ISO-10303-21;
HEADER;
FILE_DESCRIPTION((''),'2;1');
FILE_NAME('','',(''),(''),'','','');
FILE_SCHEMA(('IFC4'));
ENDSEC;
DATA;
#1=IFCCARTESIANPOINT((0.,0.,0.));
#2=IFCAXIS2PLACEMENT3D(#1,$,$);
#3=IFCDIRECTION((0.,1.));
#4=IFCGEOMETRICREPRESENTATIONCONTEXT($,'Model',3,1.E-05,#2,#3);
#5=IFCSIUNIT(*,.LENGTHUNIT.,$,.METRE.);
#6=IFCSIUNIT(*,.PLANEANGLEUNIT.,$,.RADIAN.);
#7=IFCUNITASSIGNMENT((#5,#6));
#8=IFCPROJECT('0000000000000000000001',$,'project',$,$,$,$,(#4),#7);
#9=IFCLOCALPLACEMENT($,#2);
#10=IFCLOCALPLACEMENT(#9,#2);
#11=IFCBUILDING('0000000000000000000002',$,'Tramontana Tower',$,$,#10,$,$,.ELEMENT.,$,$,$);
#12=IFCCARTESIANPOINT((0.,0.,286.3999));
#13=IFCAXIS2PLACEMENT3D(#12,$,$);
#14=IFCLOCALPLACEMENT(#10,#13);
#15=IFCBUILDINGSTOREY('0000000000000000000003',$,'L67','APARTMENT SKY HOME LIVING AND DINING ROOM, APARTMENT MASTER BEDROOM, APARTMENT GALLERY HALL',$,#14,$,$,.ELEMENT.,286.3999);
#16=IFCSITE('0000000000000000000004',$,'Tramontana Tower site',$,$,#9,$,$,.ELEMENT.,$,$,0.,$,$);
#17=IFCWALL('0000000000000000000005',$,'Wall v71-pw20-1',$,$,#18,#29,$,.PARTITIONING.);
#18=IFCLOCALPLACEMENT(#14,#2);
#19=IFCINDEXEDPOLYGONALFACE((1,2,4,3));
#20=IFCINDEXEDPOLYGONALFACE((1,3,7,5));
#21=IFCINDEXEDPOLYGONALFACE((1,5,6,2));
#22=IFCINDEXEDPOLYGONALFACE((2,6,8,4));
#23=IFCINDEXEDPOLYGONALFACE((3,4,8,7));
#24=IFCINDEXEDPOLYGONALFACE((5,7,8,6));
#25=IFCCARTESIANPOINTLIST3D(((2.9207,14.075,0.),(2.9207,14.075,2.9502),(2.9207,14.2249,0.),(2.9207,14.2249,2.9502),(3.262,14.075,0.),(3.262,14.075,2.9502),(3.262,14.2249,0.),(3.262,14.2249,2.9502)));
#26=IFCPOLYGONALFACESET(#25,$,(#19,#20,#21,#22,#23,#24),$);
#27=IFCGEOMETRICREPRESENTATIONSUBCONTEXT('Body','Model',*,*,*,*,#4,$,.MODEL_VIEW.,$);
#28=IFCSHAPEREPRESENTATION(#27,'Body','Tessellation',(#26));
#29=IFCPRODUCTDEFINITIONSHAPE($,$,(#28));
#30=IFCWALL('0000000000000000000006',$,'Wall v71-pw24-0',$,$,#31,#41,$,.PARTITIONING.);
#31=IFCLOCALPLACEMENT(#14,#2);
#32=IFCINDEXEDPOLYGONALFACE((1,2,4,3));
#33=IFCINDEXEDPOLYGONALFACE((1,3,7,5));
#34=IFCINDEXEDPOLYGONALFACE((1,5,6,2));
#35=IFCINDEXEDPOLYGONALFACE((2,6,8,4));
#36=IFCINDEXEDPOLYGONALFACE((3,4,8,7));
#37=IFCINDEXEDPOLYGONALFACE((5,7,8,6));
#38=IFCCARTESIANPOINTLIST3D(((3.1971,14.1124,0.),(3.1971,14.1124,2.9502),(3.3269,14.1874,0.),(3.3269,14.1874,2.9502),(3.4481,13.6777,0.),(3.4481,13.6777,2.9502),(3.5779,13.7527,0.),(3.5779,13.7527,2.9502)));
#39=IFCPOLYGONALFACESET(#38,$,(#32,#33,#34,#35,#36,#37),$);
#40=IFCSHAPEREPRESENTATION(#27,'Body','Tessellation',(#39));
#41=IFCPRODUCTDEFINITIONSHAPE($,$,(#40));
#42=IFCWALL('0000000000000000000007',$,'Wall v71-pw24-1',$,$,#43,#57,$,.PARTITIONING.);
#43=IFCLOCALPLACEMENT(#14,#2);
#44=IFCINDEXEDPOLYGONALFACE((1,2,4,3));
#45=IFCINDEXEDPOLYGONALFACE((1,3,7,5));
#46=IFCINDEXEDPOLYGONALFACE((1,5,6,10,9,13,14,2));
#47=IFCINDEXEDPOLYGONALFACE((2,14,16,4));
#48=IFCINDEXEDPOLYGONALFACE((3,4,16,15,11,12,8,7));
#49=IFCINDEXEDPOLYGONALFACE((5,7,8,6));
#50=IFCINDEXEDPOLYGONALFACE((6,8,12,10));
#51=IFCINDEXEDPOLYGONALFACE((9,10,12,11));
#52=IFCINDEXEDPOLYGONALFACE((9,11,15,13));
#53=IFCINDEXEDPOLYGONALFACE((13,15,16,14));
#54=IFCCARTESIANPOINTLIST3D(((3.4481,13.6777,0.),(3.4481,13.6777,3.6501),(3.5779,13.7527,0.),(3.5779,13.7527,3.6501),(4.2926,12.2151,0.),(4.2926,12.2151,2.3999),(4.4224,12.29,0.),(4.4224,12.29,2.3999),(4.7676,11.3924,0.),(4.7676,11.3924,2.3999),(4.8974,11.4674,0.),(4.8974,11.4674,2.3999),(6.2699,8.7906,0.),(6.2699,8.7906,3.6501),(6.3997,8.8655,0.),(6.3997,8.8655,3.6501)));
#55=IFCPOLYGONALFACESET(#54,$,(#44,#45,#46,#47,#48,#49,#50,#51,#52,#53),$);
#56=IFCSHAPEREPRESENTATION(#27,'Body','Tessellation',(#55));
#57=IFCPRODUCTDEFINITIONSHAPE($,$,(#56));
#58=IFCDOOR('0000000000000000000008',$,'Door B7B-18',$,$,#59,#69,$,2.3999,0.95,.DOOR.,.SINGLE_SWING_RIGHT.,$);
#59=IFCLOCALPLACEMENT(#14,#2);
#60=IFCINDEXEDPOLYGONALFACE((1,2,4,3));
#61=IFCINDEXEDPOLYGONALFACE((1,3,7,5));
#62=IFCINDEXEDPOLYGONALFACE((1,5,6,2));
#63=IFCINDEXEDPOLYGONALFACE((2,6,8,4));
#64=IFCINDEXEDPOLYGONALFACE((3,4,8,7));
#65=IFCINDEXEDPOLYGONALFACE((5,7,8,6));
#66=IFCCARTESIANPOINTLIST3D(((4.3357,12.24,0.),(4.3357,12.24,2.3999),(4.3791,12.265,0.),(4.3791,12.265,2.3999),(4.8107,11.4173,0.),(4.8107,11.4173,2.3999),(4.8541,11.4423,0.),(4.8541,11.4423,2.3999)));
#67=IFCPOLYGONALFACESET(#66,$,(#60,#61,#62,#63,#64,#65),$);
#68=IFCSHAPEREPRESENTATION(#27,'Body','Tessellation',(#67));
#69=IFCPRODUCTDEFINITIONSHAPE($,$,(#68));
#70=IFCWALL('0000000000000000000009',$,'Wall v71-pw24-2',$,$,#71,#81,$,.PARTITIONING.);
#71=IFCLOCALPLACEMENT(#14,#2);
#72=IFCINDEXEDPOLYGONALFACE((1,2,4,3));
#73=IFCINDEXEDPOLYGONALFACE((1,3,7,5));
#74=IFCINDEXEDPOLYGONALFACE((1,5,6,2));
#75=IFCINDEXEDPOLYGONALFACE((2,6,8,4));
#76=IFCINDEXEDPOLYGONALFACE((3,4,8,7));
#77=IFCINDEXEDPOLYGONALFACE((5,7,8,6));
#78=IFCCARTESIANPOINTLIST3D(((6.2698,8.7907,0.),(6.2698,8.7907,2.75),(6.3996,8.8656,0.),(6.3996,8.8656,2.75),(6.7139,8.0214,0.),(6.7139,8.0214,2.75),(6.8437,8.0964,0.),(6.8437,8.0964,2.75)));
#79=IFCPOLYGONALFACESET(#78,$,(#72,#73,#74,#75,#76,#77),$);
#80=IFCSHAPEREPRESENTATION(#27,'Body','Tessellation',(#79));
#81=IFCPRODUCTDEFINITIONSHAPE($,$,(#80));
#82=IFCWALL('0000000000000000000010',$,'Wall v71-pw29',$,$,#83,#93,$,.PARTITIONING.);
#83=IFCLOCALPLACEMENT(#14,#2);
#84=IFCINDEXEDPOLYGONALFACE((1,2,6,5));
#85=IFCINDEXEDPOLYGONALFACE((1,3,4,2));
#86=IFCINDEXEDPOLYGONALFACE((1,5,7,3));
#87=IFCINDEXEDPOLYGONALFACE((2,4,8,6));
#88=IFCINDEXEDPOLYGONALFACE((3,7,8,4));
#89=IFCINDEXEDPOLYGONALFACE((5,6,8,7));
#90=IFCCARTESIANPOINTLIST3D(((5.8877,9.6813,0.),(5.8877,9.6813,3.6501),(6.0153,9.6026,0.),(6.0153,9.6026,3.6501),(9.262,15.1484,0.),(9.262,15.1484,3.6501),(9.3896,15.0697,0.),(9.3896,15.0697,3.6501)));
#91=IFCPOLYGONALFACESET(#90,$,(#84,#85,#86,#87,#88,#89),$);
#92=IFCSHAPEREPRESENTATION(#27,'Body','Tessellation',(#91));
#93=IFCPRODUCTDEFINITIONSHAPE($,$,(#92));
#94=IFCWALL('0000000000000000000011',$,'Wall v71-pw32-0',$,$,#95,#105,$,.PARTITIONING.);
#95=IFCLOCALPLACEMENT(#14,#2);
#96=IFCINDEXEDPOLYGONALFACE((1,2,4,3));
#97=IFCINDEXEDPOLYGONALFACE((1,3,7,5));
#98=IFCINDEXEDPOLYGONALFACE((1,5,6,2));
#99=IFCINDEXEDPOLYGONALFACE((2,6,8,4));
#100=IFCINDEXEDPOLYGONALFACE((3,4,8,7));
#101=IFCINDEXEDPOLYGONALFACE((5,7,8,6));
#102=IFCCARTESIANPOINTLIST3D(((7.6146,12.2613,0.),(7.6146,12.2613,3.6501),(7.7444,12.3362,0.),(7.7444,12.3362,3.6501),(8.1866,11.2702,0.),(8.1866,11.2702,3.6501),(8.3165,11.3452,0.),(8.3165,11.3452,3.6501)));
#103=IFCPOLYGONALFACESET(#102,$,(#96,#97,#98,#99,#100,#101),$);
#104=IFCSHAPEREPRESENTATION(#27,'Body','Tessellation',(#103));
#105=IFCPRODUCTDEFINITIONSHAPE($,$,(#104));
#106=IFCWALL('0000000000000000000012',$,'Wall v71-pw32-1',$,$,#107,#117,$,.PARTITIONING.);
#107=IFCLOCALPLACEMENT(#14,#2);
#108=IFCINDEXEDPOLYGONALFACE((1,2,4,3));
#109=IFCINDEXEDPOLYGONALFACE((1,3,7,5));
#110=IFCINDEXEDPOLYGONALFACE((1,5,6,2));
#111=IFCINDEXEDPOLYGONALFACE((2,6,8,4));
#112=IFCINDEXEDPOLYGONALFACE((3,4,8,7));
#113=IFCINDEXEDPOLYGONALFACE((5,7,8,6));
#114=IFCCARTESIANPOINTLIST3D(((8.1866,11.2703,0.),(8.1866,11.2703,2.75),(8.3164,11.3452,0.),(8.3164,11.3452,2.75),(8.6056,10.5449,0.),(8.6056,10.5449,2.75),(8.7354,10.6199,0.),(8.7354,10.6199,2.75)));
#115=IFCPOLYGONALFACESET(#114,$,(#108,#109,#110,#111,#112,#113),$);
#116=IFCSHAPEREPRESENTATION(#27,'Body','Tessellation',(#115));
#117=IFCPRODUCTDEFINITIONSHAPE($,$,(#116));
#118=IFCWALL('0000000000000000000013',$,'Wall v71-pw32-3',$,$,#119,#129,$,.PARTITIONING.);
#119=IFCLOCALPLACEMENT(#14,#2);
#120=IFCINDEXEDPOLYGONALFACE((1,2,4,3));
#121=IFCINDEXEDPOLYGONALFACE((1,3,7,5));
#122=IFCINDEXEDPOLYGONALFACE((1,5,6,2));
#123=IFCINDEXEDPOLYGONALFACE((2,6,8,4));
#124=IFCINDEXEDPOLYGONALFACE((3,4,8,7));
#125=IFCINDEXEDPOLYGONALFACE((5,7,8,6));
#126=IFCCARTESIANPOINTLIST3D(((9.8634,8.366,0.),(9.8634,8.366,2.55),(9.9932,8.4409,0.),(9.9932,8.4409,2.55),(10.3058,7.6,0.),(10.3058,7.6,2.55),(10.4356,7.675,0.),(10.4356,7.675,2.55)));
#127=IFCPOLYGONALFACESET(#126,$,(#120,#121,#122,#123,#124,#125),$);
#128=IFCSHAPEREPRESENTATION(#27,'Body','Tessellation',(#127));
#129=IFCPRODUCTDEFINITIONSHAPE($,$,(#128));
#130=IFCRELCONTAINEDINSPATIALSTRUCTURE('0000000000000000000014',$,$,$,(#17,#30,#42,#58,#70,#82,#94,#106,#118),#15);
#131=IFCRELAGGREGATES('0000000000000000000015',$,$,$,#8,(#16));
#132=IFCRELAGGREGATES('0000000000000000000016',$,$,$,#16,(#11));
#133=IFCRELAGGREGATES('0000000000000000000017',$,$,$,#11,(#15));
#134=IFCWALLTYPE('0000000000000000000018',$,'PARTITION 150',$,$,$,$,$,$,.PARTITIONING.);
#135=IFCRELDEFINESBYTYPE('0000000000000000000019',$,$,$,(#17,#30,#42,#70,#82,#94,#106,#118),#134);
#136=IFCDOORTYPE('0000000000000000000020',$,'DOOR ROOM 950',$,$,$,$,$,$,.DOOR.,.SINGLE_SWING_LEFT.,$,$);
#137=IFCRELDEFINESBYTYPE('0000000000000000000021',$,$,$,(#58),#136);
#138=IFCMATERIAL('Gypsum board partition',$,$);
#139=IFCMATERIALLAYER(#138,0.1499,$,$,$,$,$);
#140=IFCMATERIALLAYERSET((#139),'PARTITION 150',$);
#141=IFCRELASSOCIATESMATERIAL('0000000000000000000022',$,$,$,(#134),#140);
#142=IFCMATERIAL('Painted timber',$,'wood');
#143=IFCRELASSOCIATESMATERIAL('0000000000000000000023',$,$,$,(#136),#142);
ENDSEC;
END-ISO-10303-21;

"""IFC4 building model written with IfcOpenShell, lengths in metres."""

from ifc_helpers import new_model, si_unit, direction, frame, frame_2d, origin, place, context, subcontext, project, spatial, rectangle, extrude, material, layer, layer_set, type_object, element, fill, save


model = new_model("IFC4")

# Units and contexts
model_context = context("Model", 3, precision=1e-05, world=origin(), true_north=direction((0.0, 1.0)))
body_context = subcontext(model_context, "Body", "Model", "MODEL_VIEW")
ifc_project = project(units=[si_unit("LENGTHUNIT", "METRE"), si_unit("PLANEANGLEUNIT", "RADIAN")], contexts=[model_context])

# Site, building, storey
site_placement = place(None, origin())
site = spatial("IfcSite", under=ifc_project, at=site_placement, Name="Tramontana Tower site", CompositionType="ELEMENT", RefElevation=0.0)
building_placement = place(site_placement, origin())
building = spatial("IfcBuilding", under=site, at=building_placement, Name="Tramontana Tower", CompositionType="ELEMENT")
storey_placement = place(building_placement, frame((0.0, 0.0, 286.3999)))
storey = spatial("IfcBuildingStorey", under=building, at=storey_placement, Name="L67", Description="APARTMENT SKY HOME LIVING AND DINING ROOM, APARTMENT MASTER BEDROOM, APARTMENT GALLERY HALL", CompositionType="ELEMENT", Elevation=286.3999)

# Walls
ifc_material_1 = material(Name="Gypsum board partition")
ifc_layer_1 = layer(ifc_material_1, 0.1499)
ifc_layer_set_1 = layer_set([ifc_layer_1], Name="PARTITION 150")
wall_type_1 = type_object("IfcWallType", Name="PARTITION 150", PredefinedType="PARTITIONING", material=ifc_layer_set_1)
wall_1_placement = place(storey_placement, frame((2.9207, 14.1499, 0.0), z_axis=(0.0, 0.0, 1.0), x_axis=(1.0, 0.0, 0.0)))
element("IfcWall", 1, at=wall_1_placement, inside=storey, type_object=wall_type_1, Name="Wall v71-pw20-1", PredefinedType="PARTITIONING", context=body_context, shape_type="SweptSolid", body=[
    extrude(rectangle(XDim=0.3413, YDim=0.1499, at=frame_2d((0.1707, 0.0))), origin(), (0.0, 0.0, 1.0), 2.9502),
])
wall_2_placement = place(storey_placement, frame((3.262, 14.1499, 0.0), z_axis=(0.0, 0.0, 1.0), x_axis=(0.500115, -0.865959, 0.0)))
element("IfcWall", 2, at=wall_2_placement, inside=storey, type_object=wall_type_1, Name="Wall v71-pw24-0", PredefinedType="PARTITIONING", context=body_context, shape_type="SweptSolid", body=[
    extrude(rectangle(XDim=0.502, YDim=0.1499, at=frame_2d((0.251, 0.0))), origin(), (0.0, 0.0, 1.0), 2.9502),
])

# Wall, opening, door
wall_3_placement = place(storey_placement, frame((3.5129, 13.7153, 0.0), z_axis=(0.0, 0.0, 1.0), x_axis=(0.50002, -0.866014, 0.0)))
wall_3 = element("IfcWall", 3, at=wall_3_placement, inside=storey, type_object=wall_type_1, Name="Wall v71-pw24-1", PredefinedType="PARTITIONING", context=body_context, shape_type="SweptSolid", body=[
    extrude(rectangle(XDim=5.6433, YDim=0.1499, at=frame_2d((2.8218, 0.0))), origin(), (0.0, 0.0, 1.0), 3.6501),
])
opening_1_placement = place(wall_3_placement, frame((1.689, 0.0, 0.0)))
opening_1 = element("IfcOpeningElement", 4, at=opening_1_placement, cuts=wall_3, PredefinedType="OPENING", context=body_context, shape_type="SweptSolid", body=[
    extrude(rectangle(XDim=0.95, YDim=2.3999, at=frame_2d((0.4751, 1.2))), frame((0.0, 0.085, 0.0), z_axis=(0.0, -1.0, 0.0), x_axis=(1.0, 0.0, 0.0)), (0.0, 0.0, 1.0), 0.1699),
])
ifc_material_2 = material(Name="Painted timber", Category="wood")
door_type_1 = type_object("IfcDoorType", Name="DOOR ROOM 950", OperationType="SINGLE_SWING_LEFT", PredefinedType="DOOR", material=ifc_material_2)
door_1_placement = place(opening_1_placement, origin())
door_1 = element("IfcDoor", 5, at=door_1_placement, inside=storey, type_object=door_type_1, Name="Door B7B-18", OperationType="SINGLE_SWING_RIGHT", OverallHeight=2.3999, OverallWidth=0.95, PredefinedType="DOOR", context=body_context, shape_type="SweptSolid", body=[
    extrude(rectangle(XDim=0.95, YDim=2.3999, at=frame_2d((0.4751, 1.2))), frame((0.0, 0.0249, 0.0), z_axis=(0.0, -1.0, 0.0), x_axis=(1.0, 0.0, 0.0)), (0.0, 0.0, 1.0), 0.05),
])
fill(opening_1, door_1)

# Walls
wall_4_placement = place(storey_placement, frame((6.3347, 8.8281, 0.0), z_axis=(0.0, 0.0, 1.0), x_axis=(0.499952, -0.866053, 0.0)))
element("IfcWall", 6, at=wall_4_placement, inside=storey, type_object=wall_type_1, Name="Wall v71-pw24-2", PredefinedType="PARTITIONING", context=body_context, shape_type="SweptSolid", body=[
    extrude(rectangle(XDim=0.8882, YDim=0.1499, at=frame_2d((0.4441, 0.0))), origin(), (0.0, 0.0, 1.0), 2.75),
])
wall_5_placement = place(storey_placement, frame((5.9514, 9.6418, 0.0), z_axis=(0.0, 0.0, 1.0), x_axis=(0.525219, 0.850967, 0.0)))
element("IfcWall", 7, at=wall_5_placement, inside=storey, type_object=wall_type_1, Name="Wall v71-pw29", PredefinedType="PARTITIONING", context=body_context, shape_type="SweptSolid", body=[
    extrude(rectangle(XDim=6.4246, YDim=0.1499, at=frame_2d((3.2124, 0.0))), origin(), (0.0, 0.0, 1.0), 3.6501),
])
wall_6_placement = place(storey_placement, frame((7.6794, 12.2988, 0.0), z_axis=(0.0, 0.0, 1.0), x_axis=(0.499926, -0.866068, 0.0)))
element("IfcWall", 8, at=wall_6_placement, inside=storey, type_object=wall_type_1, Name="Wall v71-pw32-0", PredefinedType="PARTITIONING", context=body_context, shape_type="SweptSolid", body=[
    extrude(rectangle(XDim=1.1443, YDim=0.1499, at=frame_2d((0.5723, 0.0))), origin(), (0.0, 0.0, 1.0), 3.6501),
])
wall_7_placement = place(storey_placement, frame((8.2515, 11.3079, 0.0), z_axis=(0.0, 0.0, 1.0), x_axis=(0.500151, -0.865938, 0.0)))
element("IfcWall", 9, at=wall_7_placement, inside=storey, type_object=wall_type_1, Name="Wall v71-pw32-1", PredefinedType="PARTITIONING", context=body_context, shape_type="SweptSolid", body=[
    extrude(rectangle(XDim=0.8376, YDim=0.1499, at=frame_2d((0.4189, 0.0))), origin(), (0.0, 0.0, 1.0), 2.75),
])

# Wall
wall_8_placement = place(storey_placement, frame((9.9282, 8.4036, 0.0), z_axis=(0.0, 0.0, 1.0), x_axis=(0.500176, -0.865924, 0.0)))
element("IfcWall", 10, at=wall_8_placement, inside=storey, type_object=wall_type_1, Name="Wall v71-pw32-3", PredefinedType="PARTITIONING", context=body_context, shape_type="SweptSolid", body=[
    extrude(rectangle(XDim=0.8845, YDim=0.1499, at=frame_2d((0.4424, 0.0))), origin(), (0.0, 0.0, 1.0), 2.55),
])

save(model, "model.ifc")
